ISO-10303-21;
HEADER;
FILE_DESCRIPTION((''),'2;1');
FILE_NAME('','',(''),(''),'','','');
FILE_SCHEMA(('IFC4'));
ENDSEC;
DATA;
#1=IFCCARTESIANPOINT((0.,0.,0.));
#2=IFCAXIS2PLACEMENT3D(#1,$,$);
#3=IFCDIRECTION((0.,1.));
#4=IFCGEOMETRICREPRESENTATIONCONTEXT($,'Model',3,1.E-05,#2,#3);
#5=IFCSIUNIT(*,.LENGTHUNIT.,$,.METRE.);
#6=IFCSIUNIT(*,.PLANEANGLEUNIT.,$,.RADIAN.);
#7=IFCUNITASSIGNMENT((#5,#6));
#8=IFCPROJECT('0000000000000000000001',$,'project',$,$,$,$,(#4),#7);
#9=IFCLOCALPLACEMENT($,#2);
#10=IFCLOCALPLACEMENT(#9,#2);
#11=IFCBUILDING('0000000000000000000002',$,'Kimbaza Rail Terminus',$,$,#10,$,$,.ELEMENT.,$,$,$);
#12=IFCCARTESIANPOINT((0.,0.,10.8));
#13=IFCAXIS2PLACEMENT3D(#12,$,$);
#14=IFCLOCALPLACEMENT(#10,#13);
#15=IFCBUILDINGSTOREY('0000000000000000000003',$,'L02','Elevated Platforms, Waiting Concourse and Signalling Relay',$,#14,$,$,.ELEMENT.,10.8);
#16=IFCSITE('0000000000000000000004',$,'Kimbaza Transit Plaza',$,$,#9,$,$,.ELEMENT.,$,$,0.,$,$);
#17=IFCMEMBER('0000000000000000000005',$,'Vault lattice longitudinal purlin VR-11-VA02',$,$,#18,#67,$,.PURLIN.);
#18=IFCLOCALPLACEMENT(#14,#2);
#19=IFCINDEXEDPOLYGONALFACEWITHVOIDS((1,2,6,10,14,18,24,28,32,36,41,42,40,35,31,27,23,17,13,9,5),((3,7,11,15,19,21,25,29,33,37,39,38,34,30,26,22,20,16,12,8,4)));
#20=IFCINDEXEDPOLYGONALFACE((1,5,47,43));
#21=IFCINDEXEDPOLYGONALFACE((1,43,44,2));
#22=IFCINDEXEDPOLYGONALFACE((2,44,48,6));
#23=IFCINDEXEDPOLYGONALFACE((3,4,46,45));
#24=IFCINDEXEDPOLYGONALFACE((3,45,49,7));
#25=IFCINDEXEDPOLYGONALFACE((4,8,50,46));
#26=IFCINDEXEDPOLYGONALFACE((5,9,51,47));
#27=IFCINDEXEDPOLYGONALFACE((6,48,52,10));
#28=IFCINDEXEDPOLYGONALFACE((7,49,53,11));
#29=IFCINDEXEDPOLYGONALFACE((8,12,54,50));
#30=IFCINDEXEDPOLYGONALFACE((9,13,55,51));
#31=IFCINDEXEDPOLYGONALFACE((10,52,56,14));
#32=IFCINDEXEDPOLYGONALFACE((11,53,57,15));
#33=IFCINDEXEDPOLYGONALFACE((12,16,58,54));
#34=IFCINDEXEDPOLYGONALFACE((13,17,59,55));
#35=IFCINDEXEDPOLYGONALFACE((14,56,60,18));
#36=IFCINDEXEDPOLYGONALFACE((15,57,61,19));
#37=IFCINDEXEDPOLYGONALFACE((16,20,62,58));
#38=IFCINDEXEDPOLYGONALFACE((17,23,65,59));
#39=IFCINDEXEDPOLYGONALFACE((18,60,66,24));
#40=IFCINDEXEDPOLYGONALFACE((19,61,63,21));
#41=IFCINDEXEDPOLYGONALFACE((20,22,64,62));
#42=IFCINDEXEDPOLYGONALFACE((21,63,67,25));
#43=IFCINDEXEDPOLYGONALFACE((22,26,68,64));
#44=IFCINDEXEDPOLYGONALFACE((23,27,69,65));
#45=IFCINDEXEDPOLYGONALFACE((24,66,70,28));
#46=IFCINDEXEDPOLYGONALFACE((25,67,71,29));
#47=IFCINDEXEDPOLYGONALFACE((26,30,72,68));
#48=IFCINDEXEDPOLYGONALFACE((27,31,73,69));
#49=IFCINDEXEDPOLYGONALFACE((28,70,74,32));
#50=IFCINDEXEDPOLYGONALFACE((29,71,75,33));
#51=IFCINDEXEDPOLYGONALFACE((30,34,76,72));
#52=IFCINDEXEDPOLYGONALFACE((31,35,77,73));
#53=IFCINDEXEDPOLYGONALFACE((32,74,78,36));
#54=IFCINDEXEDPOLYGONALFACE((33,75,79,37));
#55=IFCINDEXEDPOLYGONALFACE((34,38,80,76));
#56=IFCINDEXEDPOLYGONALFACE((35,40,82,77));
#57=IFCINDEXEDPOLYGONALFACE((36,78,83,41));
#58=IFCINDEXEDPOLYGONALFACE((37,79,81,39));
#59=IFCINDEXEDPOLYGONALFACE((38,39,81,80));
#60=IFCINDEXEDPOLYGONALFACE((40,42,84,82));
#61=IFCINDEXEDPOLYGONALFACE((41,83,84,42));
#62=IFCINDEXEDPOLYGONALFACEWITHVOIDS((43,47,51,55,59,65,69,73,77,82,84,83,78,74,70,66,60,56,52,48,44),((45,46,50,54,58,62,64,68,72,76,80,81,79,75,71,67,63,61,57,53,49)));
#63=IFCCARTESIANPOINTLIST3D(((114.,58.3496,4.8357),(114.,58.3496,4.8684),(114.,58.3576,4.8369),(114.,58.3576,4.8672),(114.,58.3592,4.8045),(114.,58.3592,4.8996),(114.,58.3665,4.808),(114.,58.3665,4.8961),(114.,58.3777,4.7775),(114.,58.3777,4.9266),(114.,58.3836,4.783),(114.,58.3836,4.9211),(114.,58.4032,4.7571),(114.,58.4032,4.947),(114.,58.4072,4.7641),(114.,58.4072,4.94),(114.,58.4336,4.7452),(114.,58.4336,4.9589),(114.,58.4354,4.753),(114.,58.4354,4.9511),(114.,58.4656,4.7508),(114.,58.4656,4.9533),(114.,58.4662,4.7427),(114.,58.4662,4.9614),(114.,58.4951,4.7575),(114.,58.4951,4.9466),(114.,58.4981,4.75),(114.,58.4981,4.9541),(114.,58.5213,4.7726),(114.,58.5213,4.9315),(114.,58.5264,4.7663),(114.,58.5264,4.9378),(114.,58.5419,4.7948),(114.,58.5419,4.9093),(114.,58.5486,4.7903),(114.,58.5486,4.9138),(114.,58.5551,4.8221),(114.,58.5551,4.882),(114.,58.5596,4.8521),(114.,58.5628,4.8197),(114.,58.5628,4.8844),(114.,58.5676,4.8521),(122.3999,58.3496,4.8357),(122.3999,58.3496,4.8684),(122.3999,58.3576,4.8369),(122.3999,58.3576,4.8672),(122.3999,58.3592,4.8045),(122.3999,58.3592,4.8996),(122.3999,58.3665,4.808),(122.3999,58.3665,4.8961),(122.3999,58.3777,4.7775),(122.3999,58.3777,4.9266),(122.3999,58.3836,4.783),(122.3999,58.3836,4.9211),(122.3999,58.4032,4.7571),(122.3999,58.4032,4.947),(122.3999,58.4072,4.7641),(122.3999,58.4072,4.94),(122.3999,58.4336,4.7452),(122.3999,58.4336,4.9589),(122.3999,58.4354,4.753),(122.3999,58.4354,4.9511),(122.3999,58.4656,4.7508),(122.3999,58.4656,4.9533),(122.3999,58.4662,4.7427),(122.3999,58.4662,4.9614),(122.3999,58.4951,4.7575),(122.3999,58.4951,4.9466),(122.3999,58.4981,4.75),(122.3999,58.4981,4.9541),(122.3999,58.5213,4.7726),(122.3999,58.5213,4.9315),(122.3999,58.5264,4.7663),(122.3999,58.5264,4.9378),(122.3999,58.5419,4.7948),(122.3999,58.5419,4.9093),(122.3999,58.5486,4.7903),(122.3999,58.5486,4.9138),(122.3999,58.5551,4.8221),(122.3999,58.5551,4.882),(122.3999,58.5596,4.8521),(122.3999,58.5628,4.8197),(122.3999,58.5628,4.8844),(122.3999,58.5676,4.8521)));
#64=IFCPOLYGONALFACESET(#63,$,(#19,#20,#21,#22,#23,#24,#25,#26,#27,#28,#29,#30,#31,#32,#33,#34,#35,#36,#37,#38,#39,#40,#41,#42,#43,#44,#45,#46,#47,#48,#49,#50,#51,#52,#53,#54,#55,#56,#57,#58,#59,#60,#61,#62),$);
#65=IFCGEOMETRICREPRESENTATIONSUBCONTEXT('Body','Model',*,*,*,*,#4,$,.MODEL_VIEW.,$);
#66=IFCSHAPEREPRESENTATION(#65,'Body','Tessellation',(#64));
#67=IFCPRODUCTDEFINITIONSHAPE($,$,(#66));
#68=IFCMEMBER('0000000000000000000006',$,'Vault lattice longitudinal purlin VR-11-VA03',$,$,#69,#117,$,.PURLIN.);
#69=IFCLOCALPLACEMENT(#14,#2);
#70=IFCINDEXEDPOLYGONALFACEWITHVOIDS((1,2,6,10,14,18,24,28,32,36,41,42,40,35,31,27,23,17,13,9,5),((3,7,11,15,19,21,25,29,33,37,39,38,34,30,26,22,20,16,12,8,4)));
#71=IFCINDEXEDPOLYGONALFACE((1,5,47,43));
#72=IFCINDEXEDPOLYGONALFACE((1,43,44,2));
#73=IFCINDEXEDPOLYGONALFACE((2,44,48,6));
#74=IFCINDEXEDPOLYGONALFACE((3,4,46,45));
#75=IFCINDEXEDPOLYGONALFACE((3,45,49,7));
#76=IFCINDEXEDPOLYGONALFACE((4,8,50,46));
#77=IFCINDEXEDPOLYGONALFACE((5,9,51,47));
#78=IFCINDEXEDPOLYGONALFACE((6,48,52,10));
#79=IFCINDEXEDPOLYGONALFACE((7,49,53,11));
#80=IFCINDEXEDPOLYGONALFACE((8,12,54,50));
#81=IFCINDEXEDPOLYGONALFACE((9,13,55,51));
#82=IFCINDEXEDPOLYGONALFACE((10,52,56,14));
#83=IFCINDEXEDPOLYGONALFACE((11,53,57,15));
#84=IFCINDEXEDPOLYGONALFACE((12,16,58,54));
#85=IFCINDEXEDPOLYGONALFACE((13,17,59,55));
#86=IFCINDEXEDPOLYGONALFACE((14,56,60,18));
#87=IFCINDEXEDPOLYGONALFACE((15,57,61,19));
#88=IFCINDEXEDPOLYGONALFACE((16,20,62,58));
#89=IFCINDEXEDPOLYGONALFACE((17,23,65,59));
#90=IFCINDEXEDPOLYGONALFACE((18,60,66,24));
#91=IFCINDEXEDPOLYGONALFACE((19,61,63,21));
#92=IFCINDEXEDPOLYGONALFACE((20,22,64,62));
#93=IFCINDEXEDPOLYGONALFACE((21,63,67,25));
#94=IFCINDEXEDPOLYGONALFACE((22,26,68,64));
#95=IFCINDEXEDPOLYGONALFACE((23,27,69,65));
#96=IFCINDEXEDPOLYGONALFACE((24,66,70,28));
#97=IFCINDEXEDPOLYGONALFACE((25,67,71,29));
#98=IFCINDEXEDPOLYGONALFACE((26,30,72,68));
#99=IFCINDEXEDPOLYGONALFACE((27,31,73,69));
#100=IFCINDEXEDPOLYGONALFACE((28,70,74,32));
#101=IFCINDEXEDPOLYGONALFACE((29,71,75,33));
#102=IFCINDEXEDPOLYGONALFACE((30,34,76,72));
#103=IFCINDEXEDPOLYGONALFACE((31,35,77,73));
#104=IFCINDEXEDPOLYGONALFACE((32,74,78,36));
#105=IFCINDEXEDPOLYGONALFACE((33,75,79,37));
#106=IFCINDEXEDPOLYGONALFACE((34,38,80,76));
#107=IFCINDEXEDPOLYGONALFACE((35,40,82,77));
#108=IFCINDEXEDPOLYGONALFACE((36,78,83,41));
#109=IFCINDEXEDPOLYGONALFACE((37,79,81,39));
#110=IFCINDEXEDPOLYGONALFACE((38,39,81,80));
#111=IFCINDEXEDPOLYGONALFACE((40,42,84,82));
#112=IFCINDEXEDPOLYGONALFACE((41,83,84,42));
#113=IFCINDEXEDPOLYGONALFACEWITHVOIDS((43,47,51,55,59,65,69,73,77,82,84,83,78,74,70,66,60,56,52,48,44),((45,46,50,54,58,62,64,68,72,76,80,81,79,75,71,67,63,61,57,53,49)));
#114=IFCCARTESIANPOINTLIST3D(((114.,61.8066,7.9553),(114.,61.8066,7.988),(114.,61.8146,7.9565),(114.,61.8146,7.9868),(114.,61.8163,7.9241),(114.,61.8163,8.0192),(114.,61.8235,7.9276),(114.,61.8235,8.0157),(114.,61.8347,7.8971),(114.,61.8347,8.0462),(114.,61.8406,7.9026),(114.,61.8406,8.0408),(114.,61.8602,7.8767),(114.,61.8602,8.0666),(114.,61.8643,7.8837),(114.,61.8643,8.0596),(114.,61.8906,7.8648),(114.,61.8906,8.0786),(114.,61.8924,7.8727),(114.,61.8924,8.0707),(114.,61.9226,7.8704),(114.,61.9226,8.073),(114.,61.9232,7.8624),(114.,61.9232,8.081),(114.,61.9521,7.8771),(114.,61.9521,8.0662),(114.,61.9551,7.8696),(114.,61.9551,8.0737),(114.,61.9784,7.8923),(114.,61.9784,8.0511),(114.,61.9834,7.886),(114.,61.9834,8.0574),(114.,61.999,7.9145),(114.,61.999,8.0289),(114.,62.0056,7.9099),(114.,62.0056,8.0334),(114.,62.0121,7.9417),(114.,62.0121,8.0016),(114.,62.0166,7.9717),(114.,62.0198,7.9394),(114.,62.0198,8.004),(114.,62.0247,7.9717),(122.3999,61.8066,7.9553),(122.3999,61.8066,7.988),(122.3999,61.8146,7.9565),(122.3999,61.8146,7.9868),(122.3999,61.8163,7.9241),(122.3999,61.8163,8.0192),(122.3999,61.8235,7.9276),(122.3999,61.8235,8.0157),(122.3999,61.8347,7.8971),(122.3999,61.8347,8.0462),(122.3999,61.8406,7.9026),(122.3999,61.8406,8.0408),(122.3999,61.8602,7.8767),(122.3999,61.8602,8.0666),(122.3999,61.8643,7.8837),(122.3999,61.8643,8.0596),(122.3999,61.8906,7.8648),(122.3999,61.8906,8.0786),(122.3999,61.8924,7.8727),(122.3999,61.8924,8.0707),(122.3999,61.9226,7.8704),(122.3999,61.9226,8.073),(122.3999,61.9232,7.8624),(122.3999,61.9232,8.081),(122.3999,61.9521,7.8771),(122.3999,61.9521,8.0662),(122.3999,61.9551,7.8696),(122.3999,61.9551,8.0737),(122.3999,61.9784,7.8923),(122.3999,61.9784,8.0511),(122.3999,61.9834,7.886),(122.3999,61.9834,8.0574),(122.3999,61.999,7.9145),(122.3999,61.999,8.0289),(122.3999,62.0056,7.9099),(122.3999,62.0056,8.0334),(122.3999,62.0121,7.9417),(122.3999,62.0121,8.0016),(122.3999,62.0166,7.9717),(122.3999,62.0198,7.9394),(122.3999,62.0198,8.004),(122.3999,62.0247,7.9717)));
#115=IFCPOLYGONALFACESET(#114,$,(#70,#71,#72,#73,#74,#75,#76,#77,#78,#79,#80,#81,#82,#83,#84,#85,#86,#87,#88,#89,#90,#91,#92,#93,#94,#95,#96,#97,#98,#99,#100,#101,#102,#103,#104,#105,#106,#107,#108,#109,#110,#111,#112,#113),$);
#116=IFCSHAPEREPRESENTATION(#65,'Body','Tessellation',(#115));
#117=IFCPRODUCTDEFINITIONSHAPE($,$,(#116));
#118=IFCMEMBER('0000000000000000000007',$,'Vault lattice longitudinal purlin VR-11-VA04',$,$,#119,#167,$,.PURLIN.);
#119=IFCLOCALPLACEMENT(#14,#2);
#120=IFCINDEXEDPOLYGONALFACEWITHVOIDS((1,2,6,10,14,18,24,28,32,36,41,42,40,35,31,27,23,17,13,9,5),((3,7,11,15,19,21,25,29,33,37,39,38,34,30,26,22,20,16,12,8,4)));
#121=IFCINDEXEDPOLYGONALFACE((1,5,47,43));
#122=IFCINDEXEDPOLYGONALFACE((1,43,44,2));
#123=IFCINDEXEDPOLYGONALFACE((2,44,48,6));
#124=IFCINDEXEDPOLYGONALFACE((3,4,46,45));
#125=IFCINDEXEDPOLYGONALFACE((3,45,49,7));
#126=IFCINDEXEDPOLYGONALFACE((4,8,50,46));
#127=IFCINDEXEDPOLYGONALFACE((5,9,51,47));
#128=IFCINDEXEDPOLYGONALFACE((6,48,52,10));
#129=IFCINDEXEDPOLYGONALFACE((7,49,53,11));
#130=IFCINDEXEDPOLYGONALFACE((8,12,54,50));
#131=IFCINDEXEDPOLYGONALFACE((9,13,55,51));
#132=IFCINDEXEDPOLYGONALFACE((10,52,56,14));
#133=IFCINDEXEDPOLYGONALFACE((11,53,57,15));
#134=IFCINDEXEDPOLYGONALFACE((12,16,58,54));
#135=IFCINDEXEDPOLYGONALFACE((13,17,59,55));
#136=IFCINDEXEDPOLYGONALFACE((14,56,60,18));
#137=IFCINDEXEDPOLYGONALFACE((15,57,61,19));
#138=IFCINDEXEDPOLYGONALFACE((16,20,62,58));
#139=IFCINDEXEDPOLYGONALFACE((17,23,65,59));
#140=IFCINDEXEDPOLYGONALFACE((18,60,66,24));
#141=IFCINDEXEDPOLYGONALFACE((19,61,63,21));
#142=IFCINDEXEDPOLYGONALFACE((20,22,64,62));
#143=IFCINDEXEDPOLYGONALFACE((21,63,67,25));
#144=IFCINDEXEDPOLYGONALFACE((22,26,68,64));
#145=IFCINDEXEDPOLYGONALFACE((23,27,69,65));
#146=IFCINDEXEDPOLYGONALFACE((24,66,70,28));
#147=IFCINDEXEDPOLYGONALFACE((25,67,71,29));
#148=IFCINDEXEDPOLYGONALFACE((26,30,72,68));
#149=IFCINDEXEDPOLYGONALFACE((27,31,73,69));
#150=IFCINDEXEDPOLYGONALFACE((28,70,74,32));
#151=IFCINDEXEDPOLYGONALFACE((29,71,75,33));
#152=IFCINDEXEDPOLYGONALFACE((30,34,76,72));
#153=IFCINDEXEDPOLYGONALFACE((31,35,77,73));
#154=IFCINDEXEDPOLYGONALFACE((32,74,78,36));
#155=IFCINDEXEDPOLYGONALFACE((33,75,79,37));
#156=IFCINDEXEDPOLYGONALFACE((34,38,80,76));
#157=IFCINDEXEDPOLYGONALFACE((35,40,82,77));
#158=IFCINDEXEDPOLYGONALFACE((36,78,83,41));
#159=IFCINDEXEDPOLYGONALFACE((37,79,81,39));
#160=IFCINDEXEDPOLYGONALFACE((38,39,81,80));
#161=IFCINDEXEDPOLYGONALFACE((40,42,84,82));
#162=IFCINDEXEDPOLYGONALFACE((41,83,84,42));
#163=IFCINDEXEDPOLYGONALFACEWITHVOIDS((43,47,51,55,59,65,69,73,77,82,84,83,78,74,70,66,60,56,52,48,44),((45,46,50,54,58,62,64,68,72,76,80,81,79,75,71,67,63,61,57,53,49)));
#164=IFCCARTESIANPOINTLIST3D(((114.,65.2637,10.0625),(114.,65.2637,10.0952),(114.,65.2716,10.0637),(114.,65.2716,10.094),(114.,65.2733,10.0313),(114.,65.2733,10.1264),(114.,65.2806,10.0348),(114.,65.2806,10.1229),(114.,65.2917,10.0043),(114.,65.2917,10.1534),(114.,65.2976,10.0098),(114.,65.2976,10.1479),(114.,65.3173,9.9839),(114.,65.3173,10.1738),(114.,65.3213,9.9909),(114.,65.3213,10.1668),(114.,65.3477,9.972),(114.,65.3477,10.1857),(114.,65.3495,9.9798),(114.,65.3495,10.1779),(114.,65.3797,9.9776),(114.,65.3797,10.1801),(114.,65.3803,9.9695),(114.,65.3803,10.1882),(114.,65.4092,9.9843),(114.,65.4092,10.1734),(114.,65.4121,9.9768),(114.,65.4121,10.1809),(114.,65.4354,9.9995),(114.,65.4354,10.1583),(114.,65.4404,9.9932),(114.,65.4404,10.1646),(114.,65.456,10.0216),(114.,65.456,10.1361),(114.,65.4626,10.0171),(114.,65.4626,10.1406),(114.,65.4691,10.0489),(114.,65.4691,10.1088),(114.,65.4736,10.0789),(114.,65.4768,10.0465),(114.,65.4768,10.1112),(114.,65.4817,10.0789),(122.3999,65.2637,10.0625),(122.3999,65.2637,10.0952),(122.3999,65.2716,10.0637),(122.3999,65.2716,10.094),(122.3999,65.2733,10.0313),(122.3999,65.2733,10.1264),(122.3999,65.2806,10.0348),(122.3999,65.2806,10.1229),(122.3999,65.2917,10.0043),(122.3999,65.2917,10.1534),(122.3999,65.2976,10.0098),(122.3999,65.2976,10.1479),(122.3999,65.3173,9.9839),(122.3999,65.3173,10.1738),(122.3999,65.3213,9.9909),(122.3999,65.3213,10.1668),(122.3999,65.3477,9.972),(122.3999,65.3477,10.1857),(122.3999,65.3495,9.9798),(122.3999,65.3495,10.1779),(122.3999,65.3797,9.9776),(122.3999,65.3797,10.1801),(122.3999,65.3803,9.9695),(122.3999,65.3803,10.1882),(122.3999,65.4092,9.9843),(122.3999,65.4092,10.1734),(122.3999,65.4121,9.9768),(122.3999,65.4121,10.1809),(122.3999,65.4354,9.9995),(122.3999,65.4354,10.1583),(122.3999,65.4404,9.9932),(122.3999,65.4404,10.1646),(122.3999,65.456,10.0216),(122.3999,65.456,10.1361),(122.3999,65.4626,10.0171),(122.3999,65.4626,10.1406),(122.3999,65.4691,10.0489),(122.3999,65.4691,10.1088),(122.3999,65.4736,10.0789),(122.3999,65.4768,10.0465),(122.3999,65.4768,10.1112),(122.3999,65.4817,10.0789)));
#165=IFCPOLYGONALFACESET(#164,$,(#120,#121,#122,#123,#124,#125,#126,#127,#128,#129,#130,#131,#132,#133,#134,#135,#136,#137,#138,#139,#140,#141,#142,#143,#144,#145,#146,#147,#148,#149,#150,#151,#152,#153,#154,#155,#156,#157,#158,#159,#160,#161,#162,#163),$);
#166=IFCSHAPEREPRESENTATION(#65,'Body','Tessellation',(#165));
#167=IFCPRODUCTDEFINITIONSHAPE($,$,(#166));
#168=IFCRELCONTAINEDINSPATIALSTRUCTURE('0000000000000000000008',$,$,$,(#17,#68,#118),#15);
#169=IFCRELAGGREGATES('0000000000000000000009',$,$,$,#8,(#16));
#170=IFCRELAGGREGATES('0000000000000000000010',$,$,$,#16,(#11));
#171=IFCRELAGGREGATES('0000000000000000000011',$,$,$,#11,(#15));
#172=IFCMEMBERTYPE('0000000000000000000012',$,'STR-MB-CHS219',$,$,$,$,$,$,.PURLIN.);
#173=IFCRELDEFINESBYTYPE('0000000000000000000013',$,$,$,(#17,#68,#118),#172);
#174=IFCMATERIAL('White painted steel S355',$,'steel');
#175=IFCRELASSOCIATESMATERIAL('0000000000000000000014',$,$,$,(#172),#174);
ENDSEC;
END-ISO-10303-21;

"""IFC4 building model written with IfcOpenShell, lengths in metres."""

from ifc_helpers import new_model, si_unit, direction, frame, origin, origin_2d, place, context, subcontext, project, spatial, hollow_circle, extrude, material, material_profile, profile_set, type_object, element, save


model = new_model("IFC4")

# Units and contexts
model_context = context("Model", 3, precision=1e-05, world=origin(), true_north=direction((0.0, 1.0)))
body_context = subcontext(model_context, "Body", "Model", "MODEL_VIEW")
ifc_project = project(units=[si_unit("LENGTHUNIT", "METRE"), si_unit("PLANEANGLEUNIT", "RADIAN")], contexts=[model_context])

# Site, building, storey
site_placement = place(None, origin())
site = spatial("IfcSite", under=ifc_project, at=site_placement, Name="Kimbaza Transit Plaza", CompositionType="ELEMENT", RefElevation=0.0)
building_placement = place(site_placement, origin())
building = spatial("IfcBuilding", under=site, at=building_placement, Name="Kimbaza Rail Terminus", CompositionType="ELEMENT")
storey_placement = place(building_placement, frame((0.0, 0.0, 10.8)))
storey = spatial("IfcBuildingStorey", under=building, at=storey_placement, Name="L02", Description="Elevated Platforms, Waiting Concourse and Signalling Relay", CompositionType="ELEMENT", Elevation=10.8)

# Members
ifc_material_1 = material(Name="White painted steel S355", Category="steel")
ifc_material_profile_1 = material_profile(ifc_material_1, hollow_circle(Radius=0.1096, WallThickness=0.0081, at=origin_2d()), Name="CHS 219.1x8")
ifc_profile_set_1 = profile_set([ifc_material_profile_1], Name="White painted steel S355")
member_type_1 = type_object("IfcMemberType", Name="STR-MB-CHS219", PredefinedType="PURLIN", material=ifc_profile_set_1)
for number, where, z_axis, x_axis, name in (
    (1, (114.0, 58.458, 4.8521), (1.0, 0.0, 0.0), (0.0, 1.0, 0.0), "Vault lattice longitudinal purlin VR-11-VA02"),
    (2, (114.0, 61.915, 7.9717), (1.0, 0.0, 0.0), (0.0, 1.0, 0.0), "Vault lattice longitudinal purlin VR-11-VA03"),
    (3, (114.0, 65.3721, 10.0789), (1.0, 0.0, 0.0), (0.0, 1.0, 0.0), "Vault lattice longitudinal purlin VR-11-VA04"),
):
    element("IfcMember", number, at=place(storey_placement, frame(where, z_axis=z_axis, x_axis=x_axis)), inside=storey, type_object=member_type_1, Name=name, PredefinedType="PURLIN", context=body_context, shape_type="SweptSolid", body=[
        extrude(hollow_circle(Radius=0.1096, WallThickness=0.0081, at=origin_2d()), origin(), (0.0, 0.0, 1.0), 8.3999),
    ])

save(model, "model.ifc")
